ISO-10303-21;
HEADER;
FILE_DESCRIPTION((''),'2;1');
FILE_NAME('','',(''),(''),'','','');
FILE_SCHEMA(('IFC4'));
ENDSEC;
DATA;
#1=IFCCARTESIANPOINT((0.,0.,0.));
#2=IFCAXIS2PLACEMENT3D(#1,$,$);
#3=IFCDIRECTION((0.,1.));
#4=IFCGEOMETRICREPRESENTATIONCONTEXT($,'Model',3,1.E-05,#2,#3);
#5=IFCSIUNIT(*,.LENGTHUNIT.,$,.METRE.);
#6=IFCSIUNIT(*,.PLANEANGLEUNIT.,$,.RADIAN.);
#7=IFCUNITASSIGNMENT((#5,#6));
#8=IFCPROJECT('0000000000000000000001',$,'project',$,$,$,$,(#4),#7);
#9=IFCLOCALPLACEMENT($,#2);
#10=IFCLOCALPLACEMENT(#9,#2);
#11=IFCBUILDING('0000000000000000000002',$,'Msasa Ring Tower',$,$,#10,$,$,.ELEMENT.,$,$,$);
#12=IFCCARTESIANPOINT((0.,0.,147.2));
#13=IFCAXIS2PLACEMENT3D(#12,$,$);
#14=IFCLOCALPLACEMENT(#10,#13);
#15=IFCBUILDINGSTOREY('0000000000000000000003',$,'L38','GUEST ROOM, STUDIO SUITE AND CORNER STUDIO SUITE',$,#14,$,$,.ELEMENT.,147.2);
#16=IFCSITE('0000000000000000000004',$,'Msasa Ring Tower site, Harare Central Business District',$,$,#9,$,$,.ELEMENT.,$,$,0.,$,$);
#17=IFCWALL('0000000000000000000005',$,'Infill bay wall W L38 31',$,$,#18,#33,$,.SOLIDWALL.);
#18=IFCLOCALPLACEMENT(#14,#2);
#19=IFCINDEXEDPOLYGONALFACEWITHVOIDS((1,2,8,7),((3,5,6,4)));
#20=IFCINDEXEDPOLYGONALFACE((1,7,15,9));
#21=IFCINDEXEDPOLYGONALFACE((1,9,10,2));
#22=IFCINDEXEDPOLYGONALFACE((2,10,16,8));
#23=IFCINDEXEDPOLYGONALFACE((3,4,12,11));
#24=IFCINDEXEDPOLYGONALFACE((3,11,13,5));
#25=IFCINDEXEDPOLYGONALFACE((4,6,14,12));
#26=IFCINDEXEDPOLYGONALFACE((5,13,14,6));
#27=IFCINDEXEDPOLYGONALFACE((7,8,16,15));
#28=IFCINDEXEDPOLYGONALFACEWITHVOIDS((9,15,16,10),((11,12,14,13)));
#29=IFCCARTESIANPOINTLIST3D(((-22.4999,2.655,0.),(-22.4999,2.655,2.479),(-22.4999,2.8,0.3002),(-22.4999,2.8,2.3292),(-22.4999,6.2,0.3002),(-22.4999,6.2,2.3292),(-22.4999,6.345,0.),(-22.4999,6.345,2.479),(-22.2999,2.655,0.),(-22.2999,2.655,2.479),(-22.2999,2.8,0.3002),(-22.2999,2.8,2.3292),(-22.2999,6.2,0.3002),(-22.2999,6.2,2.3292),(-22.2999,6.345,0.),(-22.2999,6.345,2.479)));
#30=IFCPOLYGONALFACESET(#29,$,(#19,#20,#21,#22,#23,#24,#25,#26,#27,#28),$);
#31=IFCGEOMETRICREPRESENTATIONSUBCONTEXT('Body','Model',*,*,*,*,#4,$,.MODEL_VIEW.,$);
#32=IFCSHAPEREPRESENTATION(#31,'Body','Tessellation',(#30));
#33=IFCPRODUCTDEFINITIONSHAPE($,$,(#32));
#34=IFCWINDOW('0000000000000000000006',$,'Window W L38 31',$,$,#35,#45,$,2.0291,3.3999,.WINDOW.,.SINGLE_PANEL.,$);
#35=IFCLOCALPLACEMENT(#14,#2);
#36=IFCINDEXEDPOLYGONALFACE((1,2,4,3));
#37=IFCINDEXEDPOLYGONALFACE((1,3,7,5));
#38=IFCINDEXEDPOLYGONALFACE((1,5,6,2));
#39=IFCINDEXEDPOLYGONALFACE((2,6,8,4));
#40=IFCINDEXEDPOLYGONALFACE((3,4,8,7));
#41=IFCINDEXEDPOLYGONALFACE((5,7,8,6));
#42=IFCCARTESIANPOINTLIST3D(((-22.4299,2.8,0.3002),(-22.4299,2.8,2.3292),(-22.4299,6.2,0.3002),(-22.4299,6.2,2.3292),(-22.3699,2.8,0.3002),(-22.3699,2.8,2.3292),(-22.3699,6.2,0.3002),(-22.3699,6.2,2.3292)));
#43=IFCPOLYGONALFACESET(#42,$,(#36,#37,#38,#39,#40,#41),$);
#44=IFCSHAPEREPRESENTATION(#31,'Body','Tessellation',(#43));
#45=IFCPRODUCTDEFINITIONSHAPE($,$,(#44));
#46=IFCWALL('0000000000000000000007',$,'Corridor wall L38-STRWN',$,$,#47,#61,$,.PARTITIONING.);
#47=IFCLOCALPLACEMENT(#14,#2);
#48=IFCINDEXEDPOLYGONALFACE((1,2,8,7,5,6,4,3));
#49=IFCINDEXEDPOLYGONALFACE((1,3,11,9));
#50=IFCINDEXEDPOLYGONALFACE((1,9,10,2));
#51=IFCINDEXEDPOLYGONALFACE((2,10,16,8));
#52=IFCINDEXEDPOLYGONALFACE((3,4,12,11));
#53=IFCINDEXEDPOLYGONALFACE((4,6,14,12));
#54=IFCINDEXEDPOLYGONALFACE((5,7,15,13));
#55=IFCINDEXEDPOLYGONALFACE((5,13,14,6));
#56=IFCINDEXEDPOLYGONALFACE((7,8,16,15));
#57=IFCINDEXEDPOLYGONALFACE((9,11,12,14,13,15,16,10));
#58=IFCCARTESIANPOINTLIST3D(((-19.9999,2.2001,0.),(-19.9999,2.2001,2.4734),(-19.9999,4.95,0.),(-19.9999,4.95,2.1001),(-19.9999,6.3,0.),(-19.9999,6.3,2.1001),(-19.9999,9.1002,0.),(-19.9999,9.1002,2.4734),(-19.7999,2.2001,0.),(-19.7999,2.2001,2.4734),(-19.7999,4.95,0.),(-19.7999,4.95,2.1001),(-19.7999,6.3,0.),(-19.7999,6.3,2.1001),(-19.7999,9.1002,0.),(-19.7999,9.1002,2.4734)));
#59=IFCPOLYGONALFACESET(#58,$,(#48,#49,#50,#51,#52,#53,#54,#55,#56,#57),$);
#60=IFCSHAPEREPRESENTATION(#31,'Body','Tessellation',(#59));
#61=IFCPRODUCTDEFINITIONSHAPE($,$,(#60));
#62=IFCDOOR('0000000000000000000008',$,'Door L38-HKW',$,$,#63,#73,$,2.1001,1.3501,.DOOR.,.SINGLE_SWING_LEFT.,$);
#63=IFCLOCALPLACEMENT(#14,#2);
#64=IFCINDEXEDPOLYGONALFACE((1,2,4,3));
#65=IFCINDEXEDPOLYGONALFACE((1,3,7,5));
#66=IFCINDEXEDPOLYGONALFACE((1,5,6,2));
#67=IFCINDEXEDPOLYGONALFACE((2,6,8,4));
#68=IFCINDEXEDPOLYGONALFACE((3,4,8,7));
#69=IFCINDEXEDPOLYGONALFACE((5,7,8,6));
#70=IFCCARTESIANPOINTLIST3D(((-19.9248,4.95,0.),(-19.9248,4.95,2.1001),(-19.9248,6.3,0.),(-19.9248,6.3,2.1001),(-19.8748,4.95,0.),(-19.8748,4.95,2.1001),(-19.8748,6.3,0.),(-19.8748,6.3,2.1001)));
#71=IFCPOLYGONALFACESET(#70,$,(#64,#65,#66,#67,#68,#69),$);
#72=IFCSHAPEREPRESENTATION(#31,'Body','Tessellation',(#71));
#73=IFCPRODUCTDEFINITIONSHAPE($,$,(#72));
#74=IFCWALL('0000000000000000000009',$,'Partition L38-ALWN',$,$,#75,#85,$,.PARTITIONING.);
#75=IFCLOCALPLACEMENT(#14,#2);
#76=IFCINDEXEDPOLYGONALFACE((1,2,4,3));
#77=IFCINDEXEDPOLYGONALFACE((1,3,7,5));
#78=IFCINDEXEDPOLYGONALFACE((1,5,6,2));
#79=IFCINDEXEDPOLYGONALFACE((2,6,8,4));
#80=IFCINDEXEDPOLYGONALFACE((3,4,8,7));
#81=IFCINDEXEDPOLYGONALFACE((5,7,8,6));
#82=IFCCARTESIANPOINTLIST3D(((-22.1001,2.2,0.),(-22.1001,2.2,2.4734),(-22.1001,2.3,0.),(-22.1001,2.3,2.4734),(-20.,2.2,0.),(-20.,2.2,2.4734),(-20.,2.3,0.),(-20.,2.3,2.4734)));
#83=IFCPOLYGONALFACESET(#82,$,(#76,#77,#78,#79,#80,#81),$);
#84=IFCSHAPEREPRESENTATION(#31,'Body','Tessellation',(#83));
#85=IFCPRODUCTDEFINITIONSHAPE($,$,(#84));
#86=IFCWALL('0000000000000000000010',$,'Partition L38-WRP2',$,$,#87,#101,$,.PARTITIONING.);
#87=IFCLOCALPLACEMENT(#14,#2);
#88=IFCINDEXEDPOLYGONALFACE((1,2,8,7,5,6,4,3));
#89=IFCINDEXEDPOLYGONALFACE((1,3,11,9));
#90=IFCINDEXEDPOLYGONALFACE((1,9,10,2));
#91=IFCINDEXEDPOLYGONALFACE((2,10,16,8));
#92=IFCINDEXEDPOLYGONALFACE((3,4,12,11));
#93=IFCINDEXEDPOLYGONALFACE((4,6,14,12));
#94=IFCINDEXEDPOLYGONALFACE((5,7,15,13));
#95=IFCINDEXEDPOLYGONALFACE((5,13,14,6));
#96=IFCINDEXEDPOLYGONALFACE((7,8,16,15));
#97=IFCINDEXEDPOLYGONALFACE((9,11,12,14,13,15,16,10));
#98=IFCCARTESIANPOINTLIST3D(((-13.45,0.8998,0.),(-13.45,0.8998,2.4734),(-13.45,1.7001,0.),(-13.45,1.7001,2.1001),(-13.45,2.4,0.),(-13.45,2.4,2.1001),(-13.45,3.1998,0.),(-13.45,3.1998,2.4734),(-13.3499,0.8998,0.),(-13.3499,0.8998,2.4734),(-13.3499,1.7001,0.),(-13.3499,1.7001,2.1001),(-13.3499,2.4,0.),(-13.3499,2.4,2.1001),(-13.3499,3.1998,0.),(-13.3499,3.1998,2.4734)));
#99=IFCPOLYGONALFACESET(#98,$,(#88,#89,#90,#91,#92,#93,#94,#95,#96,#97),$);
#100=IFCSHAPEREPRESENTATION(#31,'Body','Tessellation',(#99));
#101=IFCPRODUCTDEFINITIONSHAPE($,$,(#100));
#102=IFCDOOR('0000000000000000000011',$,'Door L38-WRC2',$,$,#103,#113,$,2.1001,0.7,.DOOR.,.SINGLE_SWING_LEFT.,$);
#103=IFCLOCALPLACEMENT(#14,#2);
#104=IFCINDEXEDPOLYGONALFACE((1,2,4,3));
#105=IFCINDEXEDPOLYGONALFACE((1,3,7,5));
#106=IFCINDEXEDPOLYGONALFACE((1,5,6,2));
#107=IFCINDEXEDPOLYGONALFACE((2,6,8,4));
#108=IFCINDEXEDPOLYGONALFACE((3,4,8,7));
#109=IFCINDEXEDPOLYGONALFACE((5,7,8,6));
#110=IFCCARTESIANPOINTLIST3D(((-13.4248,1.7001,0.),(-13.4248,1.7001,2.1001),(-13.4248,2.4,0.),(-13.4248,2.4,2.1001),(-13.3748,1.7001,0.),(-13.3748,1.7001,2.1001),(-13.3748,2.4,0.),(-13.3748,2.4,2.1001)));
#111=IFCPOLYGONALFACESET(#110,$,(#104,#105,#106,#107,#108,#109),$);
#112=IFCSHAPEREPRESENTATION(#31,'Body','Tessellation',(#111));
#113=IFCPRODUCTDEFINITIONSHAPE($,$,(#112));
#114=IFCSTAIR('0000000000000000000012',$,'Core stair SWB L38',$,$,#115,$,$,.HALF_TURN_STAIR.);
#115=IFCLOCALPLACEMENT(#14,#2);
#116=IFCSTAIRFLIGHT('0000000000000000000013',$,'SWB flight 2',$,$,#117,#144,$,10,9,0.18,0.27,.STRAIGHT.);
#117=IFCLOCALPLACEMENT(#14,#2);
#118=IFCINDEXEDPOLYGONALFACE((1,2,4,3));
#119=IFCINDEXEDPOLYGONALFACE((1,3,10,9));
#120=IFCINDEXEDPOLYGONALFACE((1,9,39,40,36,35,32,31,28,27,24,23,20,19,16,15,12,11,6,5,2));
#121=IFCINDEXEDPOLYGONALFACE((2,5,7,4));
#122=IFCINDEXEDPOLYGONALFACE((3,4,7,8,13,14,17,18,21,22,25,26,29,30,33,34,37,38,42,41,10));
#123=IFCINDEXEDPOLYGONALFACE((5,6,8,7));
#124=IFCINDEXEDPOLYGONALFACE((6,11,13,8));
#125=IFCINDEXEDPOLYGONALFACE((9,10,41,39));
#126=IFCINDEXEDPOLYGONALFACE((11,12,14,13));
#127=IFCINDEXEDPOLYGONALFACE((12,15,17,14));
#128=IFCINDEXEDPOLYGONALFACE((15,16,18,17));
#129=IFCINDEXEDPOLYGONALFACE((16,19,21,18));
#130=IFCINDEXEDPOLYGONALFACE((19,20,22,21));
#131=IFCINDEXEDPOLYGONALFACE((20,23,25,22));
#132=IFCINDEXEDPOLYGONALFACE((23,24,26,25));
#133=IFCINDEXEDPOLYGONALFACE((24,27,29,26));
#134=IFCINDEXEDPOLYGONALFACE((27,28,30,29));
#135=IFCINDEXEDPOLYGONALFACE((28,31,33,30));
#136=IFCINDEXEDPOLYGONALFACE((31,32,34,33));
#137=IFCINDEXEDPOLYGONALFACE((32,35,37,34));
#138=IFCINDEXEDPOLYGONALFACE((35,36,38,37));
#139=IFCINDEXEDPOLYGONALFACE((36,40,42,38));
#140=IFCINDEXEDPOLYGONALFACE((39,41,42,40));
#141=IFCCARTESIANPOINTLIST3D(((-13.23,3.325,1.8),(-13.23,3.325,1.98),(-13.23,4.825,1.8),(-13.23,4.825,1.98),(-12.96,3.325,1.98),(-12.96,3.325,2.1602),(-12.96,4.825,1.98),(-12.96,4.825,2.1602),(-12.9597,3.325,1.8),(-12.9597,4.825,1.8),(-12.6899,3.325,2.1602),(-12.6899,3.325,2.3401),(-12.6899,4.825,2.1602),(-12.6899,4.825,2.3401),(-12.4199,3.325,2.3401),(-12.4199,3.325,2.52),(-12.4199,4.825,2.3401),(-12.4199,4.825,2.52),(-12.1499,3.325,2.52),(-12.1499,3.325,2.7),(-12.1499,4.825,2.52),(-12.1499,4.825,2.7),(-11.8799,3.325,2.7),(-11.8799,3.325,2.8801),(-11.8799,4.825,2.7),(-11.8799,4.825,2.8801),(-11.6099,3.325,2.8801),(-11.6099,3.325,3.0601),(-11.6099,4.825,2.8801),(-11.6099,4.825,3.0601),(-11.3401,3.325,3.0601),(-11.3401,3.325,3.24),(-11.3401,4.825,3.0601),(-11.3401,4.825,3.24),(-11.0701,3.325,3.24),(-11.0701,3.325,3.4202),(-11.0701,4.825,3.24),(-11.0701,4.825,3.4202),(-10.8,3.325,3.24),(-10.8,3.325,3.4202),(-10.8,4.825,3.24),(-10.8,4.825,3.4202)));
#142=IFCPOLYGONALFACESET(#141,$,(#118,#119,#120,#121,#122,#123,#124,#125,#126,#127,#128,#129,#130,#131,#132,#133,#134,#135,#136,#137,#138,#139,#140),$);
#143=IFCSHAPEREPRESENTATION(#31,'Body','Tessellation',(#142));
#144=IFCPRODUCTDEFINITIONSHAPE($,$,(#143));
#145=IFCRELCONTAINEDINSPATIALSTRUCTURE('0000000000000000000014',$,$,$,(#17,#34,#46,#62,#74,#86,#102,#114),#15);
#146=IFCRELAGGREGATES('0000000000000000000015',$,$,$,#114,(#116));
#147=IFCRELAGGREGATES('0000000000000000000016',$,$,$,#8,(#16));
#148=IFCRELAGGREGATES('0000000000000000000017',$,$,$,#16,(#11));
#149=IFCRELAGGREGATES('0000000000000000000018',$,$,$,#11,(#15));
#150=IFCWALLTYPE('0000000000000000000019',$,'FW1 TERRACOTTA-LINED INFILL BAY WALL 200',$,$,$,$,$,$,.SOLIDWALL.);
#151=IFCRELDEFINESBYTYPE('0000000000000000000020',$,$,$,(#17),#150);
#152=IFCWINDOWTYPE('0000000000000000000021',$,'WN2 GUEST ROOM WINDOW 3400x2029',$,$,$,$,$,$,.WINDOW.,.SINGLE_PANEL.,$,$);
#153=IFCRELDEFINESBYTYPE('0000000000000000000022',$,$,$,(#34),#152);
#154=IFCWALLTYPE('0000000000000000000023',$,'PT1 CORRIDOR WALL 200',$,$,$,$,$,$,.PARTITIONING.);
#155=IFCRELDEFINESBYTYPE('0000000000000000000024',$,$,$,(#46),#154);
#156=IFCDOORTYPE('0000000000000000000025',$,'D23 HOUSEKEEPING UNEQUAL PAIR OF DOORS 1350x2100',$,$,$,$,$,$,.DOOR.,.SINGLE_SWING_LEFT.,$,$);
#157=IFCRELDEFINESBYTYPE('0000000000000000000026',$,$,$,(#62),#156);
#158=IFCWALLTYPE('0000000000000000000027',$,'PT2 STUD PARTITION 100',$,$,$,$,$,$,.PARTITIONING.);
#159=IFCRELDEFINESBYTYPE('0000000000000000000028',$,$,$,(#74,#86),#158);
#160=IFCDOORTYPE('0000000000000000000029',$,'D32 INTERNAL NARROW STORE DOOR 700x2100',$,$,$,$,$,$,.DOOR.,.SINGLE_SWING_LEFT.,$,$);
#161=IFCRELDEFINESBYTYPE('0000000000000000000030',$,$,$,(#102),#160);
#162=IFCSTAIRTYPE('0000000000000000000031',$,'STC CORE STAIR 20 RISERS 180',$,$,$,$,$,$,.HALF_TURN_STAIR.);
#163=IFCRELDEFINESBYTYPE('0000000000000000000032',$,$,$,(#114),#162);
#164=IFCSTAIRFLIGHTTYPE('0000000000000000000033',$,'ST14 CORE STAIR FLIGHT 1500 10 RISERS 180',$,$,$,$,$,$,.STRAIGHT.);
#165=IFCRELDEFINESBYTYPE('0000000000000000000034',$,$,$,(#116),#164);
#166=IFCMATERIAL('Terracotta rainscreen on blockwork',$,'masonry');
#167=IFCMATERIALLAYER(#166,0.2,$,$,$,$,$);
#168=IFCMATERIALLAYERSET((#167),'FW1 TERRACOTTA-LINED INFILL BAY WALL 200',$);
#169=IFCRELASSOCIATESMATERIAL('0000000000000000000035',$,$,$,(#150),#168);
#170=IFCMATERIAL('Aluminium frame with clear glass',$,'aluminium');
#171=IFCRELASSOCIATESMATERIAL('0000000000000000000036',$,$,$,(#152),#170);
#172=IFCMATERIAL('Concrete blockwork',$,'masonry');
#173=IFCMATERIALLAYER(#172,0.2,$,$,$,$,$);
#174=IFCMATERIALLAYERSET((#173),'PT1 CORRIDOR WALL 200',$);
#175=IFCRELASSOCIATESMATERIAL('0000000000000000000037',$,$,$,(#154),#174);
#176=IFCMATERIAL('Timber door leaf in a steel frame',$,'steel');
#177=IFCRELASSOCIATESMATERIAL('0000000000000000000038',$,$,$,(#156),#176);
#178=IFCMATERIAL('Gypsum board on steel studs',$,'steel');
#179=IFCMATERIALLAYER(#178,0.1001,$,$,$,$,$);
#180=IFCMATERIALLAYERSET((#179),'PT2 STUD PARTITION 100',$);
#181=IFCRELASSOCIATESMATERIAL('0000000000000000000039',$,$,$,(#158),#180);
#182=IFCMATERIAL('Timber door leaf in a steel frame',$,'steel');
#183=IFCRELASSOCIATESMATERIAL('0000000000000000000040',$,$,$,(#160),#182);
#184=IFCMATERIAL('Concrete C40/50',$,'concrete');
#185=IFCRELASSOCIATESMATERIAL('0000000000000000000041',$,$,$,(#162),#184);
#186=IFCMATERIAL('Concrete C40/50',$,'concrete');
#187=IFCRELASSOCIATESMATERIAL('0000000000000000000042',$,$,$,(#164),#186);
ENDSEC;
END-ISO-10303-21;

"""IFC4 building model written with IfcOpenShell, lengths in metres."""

from ifc_helpers import new_model, si_unit, direction, frame, frame_2d, origin, place, context, subcontext, project, spatial, polyline, rectangle, outline, extrude, material, layer, layer_set, type_object, element, fill, aggregate, save


model = new_model("IFC4")

# Units and contexts
model_context = context("Model", 3, precision=1e-05, world=origin(), true_north=direction((0.0, 1.0)))
body_context = subcontext(model_context, "Body", "Model", "MODEL_VIEW")
ifc_project = project(units=[si_unit("LENGTHUNIT", "METRE"), si_unit("PLANEANGLEUNIT", "RADIAN")], contexts=[model_context])

# Site, building, storey
site_placement = place(None, origin())
site = spatial("IfcSite", under=ifc_project, at=site_placement, Name="Msasa Ring Tower site, Harare Central Business District", CompositionType="ELEMENT", RefElevation=0.0)
building_placement = place(site_placement, origin())
building = spatial("IfcBuilding", under=site, at=building_placement, Name="Msasa Ring Tower", CompositionType="ELEMENT")
storey_placement = place(building_placement, frame((0.0, 0.0, 147.2)))
storey = spatial("IfcBuildingStorey", under=building, at=storey_placement, Name="L38", Description="GUEST ROOM, STUDIO SUITE AND CORNER STUDIO SUITE", CompositionType="ELEMENT", Elevation=147.2)

# Wall, opening, window
ifc_material_1 = material(Name="Terracotta rainscreen on blockwork", Category="masonry")
ifc_layer_1 = layer(ifc_material_1, 0.2)
ifc_layer_set_1 = layer_set([ifc_layer_1], Name="FW1 TERRACOTTA-LINED INFILL BAY WALL 200")
wall_type_1 = type_object("IfcWallType", Name="FW1 TERRACOTTA-LINED INFILL BAY WALL 200", PredefinedType="SOLIDWALL", material=ifc_layer_set_1)
wall_1_placement = place(storey_placement, frame((-22.3999, 2.655, 0.0), z_axis=(0.0, 0.0, 1.0), x_axis=(0.0, 1.0, 0.0)))
wall_1 = element("IfcWall", 1, at=wall_1_placement, inside=storey, type_object=wall_type_1, Name="Infill bay wall W L38 31", PredefinedType="SOLIDWALL", context=body_context, shape_type="SweptSolid", body=[
    extrude(rectangle(XDim=3.6899, YDim=0.2, at=frame_2d((1.845, 0.0))), origin(), (0.0, 0.0, 1.0), 2.479),
])
opening_1_placement = place(wall_1_placement, frame((0.145, 0.0, 0.3)))
opening_1 = element("IfcOpeningElement", 2, at=opening_1_placement, cuts=wall_1, PredefinedType="OPENING", context=body_context, shape_type="SweptSolid", body=[
    extrude(rectangle(XDim=3.3999, YDim=2.0291, at=frame_2d((1.7, 1.0146))), frame((0.0, 0.1099, 0.0), z_axis=(0.0, -1.0, 0.0), x_axis=(1.0, 0.0, 0.0)), (0.0, 0.0, 1.0), 0.22),
])
ifc_material_2 = material(Name="Aluminium frame with clear glass", Category="aluminium")
window_type = type_object("IfcWindowType", Name="WN2 GUEST ROOM WINDOW 3400x2029", PartitioningType="SINGLE_PANEL", PredefinedType="WINDOW", material=ifc_material_2)
window_placement = place(opening_1_placement, origin())
window = element("IfcWindow", 3, at=window_placement, inside=storey, type_object=window_type, Name="Window W L38 31", OverallHeight=2.0291, OverallWidth=3.3999, PartitioningType="SINGLE_PANEL", PredefinedType="WINDOW", context=body_context, shape_type="SweptSolid", body=[
    extrude(rectangle(XDim=3.3999, YDim=2.0291, at=frame_2d((1.7, 1.0146))), frame((0.0, 0.03, 0.0), z_axis=(0.0, -1.0, 0.0), x_axis=(1.0, 0.0, 0.0)), (0.0, 0.0, 1.0), 0.0601),
])
fill(opening_1, window)

# Wall, opening, door
ifc_material_3 = material(Name="Concrete blockwork", Category="masonry")
ifc_layer_2 = layer(ifc_material_3, 0.2)
ifc_layer_set_2 = layer_set([ifc_layer_2], Name="PT1 CORRIDOR WALL 200")
wall_type_2 = type_object("IfcWallType", Name="PT1 CORRIDOR WALL 200", PredefinedType="PARTITIONING", material=ifc_layer_set_2)
wall_2_placement = place(storey_placement, frame((-19.8999, 2.2, 0.0), z_axis=(0.0, 0.0, 1.0), x_axis=(0.0, 1.0, 0.0)))
wall_2 = element("IfcWall", 4, at=wall_2_placement, inside=storey, type_object=wall_type_2, Name="Corridor wall L38-STRWN", PredefinedType="PARTITIONING", context=body_context, shape_type="SweptSolid", body=[
    extrude(rectangle(XDim=6.9001, YDim=0.2, at=frame_2d((3.4502, 0.0))), origin(), (0.0, 0.0, 1.0), 2.4734),
])
opening_2_placement = place(wall_2_placement, frame((2.75, 0.0, 0.0)))
opening_2 = element("IfcOpeningElement", 5, at=opening_2_placement, cuts=wall_2, PredefinedType="OPENING", context=body_context, shape_type="SweptSolid", body=[
    extrude(rectangle(XDim=1.3501, YDim=2.1001, at=frame_2d((0.675, 1.05))), frame((0.0, 0.1099, 0.0), z_axis=(0.0, -1.0, 0.0), x_axis=(1.0, 0.0, 0.0)), (0.0, 0.0, 1.0), 0.22),
])
ifc_material_4 = material(Name="Timber door leaf in a steel frame", Category="steel")
door_type_1 = type_object("IfcDoorType", Name="D23 HOUSEKEEPING UNEQUAL PAIR OF DOORS 1350x2100", OperationType="SINGLE_SWING_LEFT", PredefinedType="DOOR", material=ifc_material_4)
door_1_placement = place(opening_2_placement, origin())
door_1 = element("IfcDoor", 6, at=door_1_placement, inside=storey, type_object=door_type_1, Name="Door L38-HKW", OperationType="SINGLE_SWING_LEFT", OverallHeight=2.1001, OverallWidth=1.3501, PredefinedType="DOOR", context=body_context, shape_type="SweptSolid", body=[
    extrude(rectangle(XDim=1.3501, YDim=2.1001, at=frame_2d((0.675, 1.05))), frame((0.0, 0.0249, 0.0), z_axis=(0.0, -1.0, 0.0), x_axis=(1.0, 0.0, 0.0)), (0.0, 0.0, 1.0), 0.05),
])
fill(opening_2, door_1)

# Wall
ifc_material_5 = material(Name="Gypsum board on steel studs", Category="steel")
ifc_layer_3 = layer(ifc_material_5, 0.1001)
ifc_layer_set_3 = layer_set([ifc_layer_3], Name="PT2 STUD PARTITION 100")
wall_type_3 = type_object("IfcWallType", Name="PT2 STUD PARTITION 100", PredefinedType="PARTITIONING", material=ifc_layer_set_3)
wall_3_placement = place(storey_placement, frame((-22.1001, 2.25, 0.0), z_axis=(0.0, 0.0, 1.0), x_axis=(1.0, 0.0, 0.0)))
element("IfcWall", 7, at=wall_3_placement, inside=storey, type_object=wall_type_3, Name="Partition L38-ALWN", PredefinedType="PARTITIONING", context=body_context, shape_type="SweptSolid", body=[
    extrude(rectangle(XDim=2.1001, YDim=0.1001, at=frame_2d((1.05, 0.0))), origin(), (0.0, 0.0, 1.0), 2.4734),
])

# Wall, opening, door
wall_4_placement = place(storey_placement, frame((-13.3999, 0.8999, 0.0), z_axis=(0.0, 0.0, 1.0), x_axis=(0.0, 1.0, 0.0)))
wall_4 = element("IfcWall", 8, at=wall_4_placement, inside=storey, type_object=wall_type_3, Name="Partition L38-WRP2", PredefinedType="PARTITIONING", context=body_context, shape_type="SweptSolid", body=[
    extrude(rectangle(XDim=2.3, YDim=0.1001, at=frame_2d((1.1499, 0.0))), origin(), (0.0, 0.0, 1.0), 2.4734),
])
opening_3_placement = place(wall_4_placement, frame((0.8, 0.0, 0.0)))
opening_3 = element("IfcOpeningElement", 9, at=opening_3_placement, cuts=wall_4, PredefinedType="OPENING", context=body_context, shape_type="SweptSolid", body=[
    extrude(rectangle(XDim=0.7, YDim=2.1001, at=frame_2d((0.3501, 1.05))), frame((0.0, 0.0601, 0.0), z_axis=(0.0, -1.0, 0.0), x_axis=(1.0, 0.0, 0.0)), (0.0, 0.0, 1.0), 0.1201),
])
ifc_material_6 = material(Name="Timber door leaf in a steel frame", Category="steel")
door_type_2 = type_object("IfcDoorType", Name="D32 INTERNAL NARROW STORE DOOR 700x2100", OperationType="SINGLE_SWING_LEFT", PredefinedType="DOOR", material=ifc_material_6)
door_2_placement = place(opening_3_placement, origin())
door_2 = element("IfcDoor", 10, at=door_2_placement, inside=storey, type_object=door_type_2, Name="Door L38-WRC2", OperationType="SINGLE_SWING_LEFT", OverallHeight=2.1001, OverallWidth=0.7, PredefinedType="DOOR", context=body_context, shape_type="SweptSolid", body=[
    extrude(rectangle(XDim=0.7, YDim=2.1001, at=frame_2d((0.3501, 1.05))), frame((0.0, 0.0249, 0.0), z_axis=(0.0, -1.0, 0.0), x_axis=(1.0, 0.0, 0.0)), (0.0, 0.0, 1.0), 0.05),
])
fill(opening_3, door_2)

# Stair, stair flight
ifc_material_7 = material(Name="Concrete C40/50", Category="concrete")
stair_type = type_object("IfcStairType", Name="STC CORE STAIR 20 RISERS 180", PredefinedType="HALF_TURN_STAIR", material=ifc_material_7)
stair_placement = place(storey_placement, origin())
stair = element("IfcStair", 11, at=stair_placement, inside=storey, type_object=stair_type, Name="Core stair SWB L38", PredefinedType="HALF_TURN_STAIR")
ifc_material_8 = material(Name="Concrete C40/50", Category="concrete")
stair_flight_type = type_object("IfcStairFlightType", Name="ST14 CORE STAIR FLIGHT 1500 10 RISERS 180", PredefinedType="STRAIGHT", material=ifc_material_8)
stair_flight_placement = place(storey_placement, frame((-13.23, 4.075, 1.8), z_axis=(0.0, 0.0, 1.0), x_axis=(1.0, 0.0, 0.0)))
stair_flight = element("IfcStairFlight", 12, at=stair_flight_placement, type_object=stair_flight_type, Name="SWB flight 2", NumberOfRisers=10, NumberOfTreads=9, PredefinedType="STRAIGHT", RiserHeight=0.18, TreadLength=0.27, context=body_context, shape_type="SweptSolid", body=[
    extrude(outline(polyline([(0.0, 0.0), (0.0, 0.1799), (0.27, 0.1799), (0.27, 0.3601), (0.54, 0.3601), (0.54, 0.54), (0.8101, 0.54), (0.8101, 0.72), (1.0801, 0.72), (1.0801, 0.8999), (1.3501, 0.8999), (1.3501, 1.0801), (1.6201, 1.0801), (1.6201, 1.26), (1.8899, 1.26), (1.8899, 1.4399), (2.1599, 1.4399), (2.1599, 1.6201), (2.4299, 1.6201), (2.4299, 1.8), (2.4299, 1.4399), (0.2703, 0.0), (0.0, 0.0)])), frame((0.0, 0.75, 0.0), z_axis=(0.0, -1.0, 0.0), x_axis=(1.0, 0.0, 0.0)), (0.0, 0.0, 1.0), 1.5),
])
aggregate(stair, [stair_flight])

save(model, "model.ifc")
